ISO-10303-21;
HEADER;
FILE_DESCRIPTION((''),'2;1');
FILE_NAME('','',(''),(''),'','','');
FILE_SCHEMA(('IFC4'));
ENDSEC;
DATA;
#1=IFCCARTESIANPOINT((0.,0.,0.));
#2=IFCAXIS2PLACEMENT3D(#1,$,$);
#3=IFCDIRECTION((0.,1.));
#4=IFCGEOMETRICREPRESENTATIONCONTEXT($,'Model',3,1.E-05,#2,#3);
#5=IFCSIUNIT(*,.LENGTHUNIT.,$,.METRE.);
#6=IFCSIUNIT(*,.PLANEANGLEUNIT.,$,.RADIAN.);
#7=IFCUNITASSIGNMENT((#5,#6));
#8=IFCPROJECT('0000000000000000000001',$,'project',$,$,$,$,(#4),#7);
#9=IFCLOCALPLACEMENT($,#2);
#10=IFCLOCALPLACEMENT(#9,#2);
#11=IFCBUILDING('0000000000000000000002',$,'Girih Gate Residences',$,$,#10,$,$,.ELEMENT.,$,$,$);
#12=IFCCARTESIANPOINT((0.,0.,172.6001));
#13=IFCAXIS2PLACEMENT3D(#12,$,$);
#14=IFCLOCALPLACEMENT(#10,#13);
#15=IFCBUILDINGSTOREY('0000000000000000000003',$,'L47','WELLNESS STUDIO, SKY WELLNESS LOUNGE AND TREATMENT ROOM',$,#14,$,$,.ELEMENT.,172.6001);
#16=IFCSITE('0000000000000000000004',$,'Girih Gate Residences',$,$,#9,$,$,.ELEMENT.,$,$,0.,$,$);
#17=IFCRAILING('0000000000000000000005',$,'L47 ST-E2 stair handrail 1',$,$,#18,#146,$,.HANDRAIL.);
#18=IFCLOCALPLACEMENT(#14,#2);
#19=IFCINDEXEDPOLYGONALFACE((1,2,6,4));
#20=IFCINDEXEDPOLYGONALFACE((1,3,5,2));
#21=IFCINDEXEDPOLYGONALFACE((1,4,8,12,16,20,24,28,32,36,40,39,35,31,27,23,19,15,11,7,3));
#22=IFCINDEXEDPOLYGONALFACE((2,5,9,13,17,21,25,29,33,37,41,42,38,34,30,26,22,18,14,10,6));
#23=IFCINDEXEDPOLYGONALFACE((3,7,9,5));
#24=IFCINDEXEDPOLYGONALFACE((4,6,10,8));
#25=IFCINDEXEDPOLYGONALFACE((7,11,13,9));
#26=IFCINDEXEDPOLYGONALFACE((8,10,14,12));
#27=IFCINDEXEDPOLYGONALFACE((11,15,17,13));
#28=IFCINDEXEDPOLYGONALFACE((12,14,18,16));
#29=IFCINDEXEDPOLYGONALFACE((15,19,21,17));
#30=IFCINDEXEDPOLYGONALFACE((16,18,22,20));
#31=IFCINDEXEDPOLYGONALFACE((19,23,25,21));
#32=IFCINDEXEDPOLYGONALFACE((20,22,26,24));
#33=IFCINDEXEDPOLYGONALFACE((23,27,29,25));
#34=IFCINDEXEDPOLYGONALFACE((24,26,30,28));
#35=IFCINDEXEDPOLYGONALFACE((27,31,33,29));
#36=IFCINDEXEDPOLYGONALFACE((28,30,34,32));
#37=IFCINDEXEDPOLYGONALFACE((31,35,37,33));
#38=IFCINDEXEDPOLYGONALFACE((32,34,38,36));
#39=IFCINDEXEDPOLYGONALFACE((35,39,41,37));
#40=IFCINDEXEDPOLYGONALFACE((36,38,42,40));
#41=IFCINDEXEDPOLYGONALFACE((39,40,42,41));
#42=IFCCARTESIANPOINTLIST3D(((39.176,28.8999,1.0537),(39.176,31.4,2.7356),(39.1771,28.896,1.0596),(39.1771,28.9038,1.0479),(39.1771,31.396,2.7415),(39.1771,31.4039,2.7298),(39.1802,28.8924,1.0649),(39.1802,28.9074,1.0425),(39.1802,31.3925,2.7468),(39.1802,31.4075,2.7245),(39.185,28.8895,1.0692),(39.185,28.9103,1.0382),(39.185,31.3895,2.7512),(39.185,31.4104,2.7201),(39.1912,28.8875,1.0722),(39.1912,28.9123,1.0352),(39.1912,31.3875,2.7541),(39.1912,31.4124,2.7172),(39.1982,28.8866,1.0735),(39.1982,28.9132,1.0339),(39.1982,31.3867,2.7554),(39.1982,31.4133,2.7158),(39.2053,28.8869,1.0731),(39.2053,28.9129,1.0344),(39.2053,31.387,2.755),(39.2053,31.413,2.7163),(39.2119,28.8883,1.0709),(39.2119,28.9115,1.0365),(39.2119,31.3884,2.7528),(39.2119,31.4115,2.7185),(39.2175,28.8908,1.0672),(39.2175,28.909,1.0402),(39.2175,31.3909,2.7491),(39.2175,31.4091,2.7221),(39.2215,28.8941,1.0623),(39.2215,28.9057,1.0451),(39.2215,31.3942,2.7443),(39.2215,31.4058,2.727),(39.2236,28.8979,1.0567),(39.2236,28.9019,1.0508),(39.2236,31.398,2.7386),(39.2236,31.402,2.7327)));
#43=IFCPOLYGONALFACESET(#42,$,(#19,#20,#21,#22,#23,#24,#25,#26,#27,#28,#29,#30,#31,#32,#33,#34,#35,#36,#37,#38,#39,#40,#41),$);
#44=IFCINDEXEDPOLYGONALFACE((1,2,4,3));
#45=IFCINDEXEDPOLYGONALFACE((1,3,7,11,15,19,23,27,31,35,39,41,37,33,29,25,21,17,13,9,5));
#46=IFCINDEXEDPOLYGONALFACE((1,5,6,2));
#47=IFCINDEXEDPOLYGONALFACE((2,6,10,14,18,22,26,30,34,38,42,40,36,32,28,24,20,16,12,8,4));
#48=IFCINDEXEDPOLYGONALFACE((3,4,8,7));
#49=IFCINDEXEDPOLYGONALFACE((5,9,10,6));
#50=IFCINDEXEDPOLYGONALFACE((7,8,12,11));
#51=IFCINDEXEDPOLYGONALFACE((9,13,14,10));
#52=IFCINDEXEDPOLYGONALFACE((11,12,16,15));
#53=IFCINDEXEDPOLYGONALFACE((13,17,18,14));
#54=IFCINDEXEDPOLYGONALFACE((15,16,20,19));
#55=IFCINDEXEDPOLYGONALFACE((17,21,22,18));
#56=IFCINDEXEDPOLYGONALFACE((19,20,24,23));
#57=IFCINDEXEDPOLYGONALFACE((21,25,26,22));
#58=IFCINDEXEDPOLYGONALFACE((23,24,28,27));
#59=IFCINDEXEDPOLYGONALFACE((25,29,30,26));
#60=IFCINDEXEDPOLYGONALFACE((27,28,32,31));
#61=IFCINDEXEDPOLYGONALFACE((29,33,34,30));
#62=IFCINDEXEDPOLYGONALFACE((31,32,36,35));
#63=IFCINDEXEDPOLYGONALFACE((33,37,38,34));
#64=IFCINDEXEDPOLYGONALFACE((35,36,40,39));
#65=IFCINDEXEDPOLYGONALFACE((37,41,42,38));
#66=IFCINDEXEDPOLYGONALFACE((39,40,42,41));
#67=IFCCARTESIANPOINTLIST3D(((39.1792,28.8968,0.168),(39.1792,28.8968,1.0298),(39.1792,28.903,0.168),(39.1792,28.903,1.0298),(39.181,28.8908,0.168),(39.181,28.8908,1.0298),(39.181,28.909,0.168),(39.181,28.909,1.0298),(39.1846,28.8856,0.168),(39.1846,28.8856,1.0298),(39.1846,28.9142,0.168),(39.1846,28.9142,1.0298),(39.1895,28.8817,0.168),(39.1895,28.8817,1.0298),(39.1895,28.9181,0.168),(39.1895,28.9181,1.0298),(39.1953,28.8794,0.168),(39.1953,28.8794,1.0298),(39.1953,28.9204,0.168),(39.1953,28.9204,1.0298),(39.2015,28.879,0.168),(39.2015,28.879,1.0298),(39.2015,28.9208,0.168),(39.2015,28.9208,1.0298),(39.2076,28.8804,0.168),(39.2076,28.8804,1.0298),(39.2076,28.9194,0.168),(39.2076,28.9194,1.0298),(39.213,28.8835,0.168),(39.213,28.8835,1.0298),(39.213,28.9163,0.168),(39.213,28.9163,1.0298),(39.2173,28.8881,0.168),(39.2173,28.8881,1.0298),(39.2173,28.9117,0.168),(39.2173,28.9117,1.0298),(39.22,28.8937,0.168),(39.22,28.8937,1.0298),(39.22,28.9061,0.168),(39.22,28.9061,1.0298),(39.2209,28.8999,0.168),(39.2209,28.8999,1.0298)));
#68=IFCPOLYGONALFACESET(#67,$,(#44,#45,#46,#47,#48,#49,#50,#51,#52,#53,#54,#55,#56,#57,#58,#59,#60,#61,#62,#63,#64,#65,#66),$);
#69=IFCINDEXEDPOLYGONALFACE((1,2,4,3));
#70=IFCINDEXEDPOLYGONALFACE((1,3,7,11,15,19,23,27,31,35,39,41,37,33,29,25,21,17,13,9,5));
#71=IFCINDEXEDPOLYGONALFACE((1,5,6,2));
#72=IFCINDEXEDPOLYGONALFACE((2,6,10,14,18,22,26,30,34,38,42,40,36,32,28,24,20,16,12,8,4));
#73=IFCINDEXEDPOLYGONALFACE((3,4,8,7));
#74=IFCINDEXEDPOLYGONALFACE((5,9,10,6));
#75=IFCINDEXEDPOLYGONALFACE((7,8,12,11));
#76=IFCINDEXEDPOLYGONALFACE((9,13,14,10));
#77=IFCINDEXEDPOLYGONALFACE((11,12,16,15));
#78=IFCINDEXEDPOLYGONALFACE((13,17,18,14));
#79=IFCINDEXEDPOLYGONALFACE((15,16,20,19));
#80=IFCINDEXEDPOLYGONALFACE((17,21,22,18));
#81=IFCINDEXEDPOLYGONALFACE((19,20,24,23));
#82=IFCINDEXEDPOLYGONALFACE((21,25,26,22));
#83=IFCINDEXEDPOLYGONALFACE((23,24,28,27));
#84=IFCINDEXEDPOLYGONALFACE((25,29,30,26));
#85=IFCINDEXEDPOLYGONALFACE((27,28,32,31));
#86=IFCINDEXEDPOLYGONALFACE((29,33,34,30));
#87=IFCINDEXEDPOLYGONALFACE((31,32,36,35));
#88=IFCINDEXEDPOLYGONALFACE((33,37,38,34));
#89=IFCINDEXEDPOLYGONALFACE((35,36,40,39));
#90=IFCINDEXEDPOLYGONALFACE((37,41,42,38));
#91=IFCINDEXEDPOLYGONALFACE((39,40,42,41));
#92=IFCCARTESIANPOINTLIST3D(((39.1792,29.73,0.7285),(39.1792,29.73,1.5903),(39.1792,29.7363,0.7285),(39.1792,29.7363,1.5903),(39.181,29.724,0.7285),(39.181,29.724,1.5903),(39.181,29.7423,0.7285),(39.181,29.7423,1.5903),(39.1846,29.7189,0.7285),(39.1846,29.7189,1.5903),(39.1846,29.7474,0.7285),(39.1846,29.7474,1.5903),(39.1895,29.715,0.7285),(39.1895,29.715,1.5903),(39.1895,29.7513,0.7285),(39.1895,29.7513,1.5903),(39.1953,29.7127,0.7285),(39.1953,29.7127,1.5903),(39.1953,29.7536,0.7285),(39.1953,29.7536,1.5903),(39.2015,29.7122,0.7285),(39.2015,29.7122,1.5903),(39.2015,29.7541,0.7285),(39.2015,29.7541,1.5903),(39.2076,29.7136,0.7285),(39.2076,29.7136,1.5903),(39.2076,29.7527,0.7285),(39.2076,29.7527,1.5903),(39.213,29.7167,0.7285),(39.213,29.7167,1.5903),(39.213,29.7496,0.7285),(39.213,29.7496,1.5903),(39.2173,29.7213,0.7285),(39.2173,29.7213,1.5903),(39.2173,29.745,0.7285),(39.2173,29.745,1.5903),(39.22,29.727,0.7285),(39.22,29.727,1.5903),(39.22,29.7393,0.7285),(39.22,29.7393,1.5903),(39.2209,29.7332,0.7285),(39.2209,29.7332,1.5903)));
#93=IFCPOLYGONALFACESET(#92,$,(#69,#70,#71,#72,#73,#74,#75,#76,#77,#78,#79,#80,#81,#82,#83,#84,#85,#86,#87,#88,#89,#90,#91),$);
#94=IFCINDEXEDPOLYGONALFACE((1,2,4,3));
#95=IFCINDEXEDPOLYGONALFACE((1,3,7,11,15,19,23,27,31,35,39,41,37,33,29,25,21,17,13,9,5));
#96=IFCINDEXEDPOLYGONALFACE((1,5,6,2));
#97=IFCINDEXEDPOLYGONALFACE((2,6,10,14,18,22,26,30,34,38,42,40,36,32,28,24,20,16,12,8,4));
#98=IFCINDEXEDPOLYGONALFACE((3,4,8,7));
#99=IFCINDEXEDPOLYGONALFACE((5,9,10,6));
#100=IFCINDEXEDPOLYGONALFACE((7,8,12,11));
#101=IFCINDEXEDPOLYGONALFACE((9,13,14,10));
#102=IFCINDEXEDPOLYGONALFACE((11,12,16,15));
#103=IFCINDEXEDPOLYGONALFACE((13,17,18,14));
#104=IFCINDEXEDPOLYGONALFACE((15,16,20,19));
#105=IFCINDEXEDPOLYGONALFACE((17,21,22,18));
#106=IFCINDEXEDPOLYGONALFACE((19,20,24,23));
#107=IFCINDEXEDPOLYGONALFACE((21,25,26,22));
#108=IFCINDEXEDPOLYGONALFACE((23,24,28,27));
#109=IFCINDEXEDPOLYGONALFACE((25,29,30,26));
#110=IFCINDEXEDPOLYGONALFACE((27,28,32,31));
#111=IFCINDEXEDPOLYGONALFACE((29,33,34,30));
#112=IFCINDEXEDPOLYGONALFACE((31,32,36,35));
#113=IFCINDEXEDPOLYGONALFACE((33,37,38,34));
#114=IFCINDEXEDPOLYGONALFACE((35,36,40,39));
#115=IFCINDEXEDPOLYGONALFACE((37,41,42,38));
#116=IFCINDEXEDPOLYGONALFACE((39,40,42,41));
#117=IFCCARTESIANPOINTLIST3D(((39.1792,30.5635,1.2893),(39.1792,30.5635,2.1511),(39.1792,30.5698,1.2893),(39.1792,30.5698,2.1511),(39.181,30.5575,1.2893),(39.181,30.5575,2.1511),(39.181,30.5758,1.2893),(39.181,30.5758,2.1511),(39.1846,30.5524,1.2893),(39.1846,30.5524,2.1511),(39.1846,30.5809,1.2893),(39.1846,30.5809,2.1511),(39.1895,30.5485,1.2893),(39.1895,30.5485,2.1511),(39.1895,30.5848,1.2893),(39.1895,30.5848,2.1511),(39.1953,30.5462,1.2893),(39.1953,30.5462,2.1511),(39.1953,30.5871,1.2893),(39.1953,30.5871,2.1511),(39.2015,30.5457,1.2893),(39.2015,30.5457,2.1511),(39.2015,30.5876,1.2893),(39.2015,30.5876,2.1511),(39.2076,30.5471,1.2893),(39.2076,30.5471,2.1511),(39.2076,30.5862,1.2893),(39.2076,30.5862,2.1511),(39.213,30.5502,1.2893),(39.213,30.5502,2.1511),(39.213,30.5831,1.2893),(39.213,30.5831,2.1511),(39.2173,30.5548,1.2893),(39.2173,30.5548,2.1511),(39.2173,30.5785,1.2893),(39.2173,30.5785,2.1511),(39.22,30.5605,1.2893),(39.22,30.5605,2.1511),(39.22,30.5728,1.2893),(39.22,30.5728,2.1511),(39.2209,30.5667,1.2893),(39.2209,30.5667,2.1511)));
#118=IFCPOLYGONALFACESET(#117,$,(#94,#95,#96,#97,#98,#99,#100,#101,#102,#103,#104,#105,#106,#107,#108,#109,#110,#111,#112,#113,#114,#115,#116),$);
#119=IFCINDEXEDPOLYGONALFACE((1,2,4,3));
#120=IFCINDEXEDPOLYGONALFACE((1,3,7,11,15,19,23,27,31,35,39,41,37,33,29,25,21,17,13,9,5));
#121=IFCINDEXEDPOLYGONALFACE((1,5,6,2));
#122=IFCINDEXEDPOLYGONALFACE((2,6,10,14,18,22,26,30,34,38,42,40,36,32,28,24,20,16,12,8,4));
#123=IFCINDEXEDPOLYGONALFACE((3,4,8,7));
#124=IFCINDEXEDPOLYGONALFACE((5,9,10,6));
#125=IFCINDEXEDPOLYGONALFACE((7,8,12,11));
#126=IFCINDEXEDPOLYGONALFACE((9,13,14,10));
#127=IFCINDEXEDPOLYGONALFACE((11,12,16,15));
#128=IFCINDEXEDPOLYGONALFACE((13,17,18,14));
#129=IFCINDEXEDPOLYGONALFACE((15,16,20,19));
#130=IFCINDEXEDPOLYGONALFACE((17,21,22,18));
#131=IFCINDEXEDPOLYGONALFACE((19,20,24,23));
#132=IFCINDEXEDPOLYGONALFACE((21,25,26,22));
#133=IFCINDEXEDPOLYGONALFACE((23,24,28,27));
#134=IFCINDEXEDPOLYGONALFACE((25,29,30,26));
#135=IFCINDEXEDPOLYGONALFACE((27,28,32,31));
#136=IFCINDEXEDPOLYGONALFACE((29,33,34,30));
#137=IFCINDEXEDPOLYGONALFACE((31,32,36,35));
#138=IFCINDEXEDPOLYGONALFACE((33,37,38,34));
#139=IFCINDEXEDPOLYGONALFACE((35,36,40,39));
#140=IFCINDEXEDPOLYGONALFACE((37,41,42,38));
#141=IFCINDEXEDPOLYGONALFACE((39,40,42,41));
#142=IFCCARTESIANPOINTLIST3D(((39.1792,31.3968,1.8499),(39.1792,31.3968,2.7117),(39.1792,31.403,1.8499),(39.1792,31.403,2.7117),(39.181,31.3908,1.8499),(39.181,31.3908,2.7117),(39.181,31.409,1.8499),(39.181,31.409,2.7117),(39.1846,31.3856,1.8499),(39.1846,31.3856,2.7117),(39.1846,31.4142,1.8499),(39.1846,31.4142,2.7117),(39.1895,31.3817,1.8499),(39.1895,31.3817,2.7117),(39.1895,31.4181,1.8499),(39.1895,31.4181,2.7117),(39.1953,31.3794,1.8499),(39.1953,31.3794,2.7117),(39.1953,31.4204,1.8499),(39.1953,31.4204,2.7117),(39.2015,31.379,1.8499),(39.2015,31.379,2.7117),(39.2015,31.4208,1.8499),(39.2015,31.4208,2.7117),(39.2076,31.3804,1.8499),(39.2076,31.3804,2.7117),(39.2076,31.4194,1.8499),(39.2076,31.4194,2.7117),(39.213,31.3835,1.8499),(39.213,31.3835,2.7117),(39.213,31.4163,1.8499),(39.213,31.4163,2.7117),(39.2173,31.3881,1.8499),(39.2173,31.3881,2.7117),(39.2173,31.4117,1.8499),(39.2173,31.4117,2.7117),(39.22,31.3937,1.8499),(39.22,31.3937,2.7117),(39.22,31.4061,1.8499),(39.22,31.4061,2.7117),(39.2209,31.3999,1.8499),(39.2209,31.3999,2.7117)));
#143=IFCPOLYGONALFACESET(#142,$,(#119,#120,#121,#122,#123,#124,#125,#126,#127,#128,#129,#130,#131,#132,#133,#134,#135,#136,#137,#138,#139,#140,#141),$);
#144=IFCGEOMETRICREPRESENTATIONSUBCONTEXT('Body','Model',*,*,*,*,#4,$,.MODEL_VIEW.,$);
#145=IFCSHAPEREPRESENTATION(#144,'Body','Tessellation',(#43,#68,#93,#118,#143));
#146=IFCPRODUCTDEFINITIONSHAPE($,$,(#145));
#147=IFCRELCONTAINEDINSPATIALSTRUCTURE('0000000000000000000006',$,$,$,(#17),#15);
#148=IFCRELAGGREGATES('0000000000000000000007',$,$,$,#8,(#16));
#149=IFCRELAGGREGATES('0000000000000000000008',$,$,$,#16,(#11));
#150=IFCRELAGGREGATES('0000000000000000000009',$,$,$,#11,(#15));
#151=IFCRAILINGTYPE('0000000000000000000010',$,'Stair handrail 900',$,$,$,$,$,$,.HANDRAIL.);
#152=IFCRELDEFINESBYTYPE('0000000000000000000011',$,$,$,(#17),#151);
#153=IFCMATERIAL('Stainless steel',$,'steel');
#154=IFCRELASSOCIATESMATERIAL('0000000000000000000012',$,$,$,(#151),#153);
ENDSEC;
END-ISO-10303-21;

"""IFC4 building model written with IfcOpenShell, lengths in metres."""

from ifc_helpers import new_model, si_unit, direction, frame, origin, origin_2d, place, context, subcontext, project, spatial, circle, extrude, material, type_object, element, save


model = new_model("IFC4")

# Units and contexts
model_context = context("Model", 3, precision=1e-05, world=origin(), true_north=direction((0.0, 1.0)))
body_context = subcontext(model_context, "Body", "Model", "MODEL_VIEW")
ifc_project = project(units=[si_unit("LENGTHUNIT", "METRE"), si_unit("PLANEANGLEUNIT", "RADIAN")], contexts=[model_context])

# Site, building, storey
site_placement = place(None, origin())
site = spatial("IfcSite", under=ifc_project, at=site_placement, Name="Girih Gate Residences", CompositionType="ELEMENT", RefElevation=0.0)
building_placement = place(site_placement, origin())
building = spatial("IfcBuilding", under=site, at=building_placement, Name="Girih Gate Residences", CompositionType="ELEMENT")
storey_placement = place(building_placement, frame((0.0, 0.0, 172.6001)))
storey = spatial("IfcBuildingStorey", under=building, at=storey_placement, Name="L47", Description="WELLNESS STUDIO, SKY WELLNESS LOUNGE AND TREATMENT ROOM", CompositionType="ELEMENT", Elevation=172.6001)

# Railing
ifc_material_1 = material(Name="Stainless steel", Category="steel")
railing_type_1 = type_object("IfcRailingType", Name="Stair handrail 900", PredefinedType="HANDRAIL", material=ifc_material_1)
railing_1_placement = place(storey_placement, frame((39.2, 28.8999, 0.168)))
element("IfcRailing", 1, at=railing_1_placement, inside=storey, type_object=railing_type_1, Name="L47 ST-E2 stair handrail 1", PredefinedType="HANDRAIL", context=body_context, shape_type="SweptSolid", body=[
    extrude(circle(Radius=0.0239, at=origin_2d()), frame((0.0, 0.0, 0.8857), z_axis=(0.0, 0.829712, 0.558192), x_axis=(-1.0, 0.0, 0.0)), (0.0, 0.0, 1.0), 3.0132),
    extrude(circle(Radius=0.021, at=origin_2d()), origin(), (0.0, 0.0, 1.0), 0.8618),
    extrude(circle(Radius=0.021, at=origin_2d()), frame((0.0, 0.8333, 0.5605)), (0.0, 0.0, 1.0), 0.8618),
    extrude(circle(Radius=0.021, at=origin_2d()), frame((0.0, 1.6667, 1.1213)), (0.0, 0.0, 1.0), 0.8618),
    extrude(circle(Radius=0.021, at=origin_2d()), frame((0.0, 2.5, 1.6819)), (0.0, 0.0, 1.0), 0.8618),
])

save(model, "model.ifc")
